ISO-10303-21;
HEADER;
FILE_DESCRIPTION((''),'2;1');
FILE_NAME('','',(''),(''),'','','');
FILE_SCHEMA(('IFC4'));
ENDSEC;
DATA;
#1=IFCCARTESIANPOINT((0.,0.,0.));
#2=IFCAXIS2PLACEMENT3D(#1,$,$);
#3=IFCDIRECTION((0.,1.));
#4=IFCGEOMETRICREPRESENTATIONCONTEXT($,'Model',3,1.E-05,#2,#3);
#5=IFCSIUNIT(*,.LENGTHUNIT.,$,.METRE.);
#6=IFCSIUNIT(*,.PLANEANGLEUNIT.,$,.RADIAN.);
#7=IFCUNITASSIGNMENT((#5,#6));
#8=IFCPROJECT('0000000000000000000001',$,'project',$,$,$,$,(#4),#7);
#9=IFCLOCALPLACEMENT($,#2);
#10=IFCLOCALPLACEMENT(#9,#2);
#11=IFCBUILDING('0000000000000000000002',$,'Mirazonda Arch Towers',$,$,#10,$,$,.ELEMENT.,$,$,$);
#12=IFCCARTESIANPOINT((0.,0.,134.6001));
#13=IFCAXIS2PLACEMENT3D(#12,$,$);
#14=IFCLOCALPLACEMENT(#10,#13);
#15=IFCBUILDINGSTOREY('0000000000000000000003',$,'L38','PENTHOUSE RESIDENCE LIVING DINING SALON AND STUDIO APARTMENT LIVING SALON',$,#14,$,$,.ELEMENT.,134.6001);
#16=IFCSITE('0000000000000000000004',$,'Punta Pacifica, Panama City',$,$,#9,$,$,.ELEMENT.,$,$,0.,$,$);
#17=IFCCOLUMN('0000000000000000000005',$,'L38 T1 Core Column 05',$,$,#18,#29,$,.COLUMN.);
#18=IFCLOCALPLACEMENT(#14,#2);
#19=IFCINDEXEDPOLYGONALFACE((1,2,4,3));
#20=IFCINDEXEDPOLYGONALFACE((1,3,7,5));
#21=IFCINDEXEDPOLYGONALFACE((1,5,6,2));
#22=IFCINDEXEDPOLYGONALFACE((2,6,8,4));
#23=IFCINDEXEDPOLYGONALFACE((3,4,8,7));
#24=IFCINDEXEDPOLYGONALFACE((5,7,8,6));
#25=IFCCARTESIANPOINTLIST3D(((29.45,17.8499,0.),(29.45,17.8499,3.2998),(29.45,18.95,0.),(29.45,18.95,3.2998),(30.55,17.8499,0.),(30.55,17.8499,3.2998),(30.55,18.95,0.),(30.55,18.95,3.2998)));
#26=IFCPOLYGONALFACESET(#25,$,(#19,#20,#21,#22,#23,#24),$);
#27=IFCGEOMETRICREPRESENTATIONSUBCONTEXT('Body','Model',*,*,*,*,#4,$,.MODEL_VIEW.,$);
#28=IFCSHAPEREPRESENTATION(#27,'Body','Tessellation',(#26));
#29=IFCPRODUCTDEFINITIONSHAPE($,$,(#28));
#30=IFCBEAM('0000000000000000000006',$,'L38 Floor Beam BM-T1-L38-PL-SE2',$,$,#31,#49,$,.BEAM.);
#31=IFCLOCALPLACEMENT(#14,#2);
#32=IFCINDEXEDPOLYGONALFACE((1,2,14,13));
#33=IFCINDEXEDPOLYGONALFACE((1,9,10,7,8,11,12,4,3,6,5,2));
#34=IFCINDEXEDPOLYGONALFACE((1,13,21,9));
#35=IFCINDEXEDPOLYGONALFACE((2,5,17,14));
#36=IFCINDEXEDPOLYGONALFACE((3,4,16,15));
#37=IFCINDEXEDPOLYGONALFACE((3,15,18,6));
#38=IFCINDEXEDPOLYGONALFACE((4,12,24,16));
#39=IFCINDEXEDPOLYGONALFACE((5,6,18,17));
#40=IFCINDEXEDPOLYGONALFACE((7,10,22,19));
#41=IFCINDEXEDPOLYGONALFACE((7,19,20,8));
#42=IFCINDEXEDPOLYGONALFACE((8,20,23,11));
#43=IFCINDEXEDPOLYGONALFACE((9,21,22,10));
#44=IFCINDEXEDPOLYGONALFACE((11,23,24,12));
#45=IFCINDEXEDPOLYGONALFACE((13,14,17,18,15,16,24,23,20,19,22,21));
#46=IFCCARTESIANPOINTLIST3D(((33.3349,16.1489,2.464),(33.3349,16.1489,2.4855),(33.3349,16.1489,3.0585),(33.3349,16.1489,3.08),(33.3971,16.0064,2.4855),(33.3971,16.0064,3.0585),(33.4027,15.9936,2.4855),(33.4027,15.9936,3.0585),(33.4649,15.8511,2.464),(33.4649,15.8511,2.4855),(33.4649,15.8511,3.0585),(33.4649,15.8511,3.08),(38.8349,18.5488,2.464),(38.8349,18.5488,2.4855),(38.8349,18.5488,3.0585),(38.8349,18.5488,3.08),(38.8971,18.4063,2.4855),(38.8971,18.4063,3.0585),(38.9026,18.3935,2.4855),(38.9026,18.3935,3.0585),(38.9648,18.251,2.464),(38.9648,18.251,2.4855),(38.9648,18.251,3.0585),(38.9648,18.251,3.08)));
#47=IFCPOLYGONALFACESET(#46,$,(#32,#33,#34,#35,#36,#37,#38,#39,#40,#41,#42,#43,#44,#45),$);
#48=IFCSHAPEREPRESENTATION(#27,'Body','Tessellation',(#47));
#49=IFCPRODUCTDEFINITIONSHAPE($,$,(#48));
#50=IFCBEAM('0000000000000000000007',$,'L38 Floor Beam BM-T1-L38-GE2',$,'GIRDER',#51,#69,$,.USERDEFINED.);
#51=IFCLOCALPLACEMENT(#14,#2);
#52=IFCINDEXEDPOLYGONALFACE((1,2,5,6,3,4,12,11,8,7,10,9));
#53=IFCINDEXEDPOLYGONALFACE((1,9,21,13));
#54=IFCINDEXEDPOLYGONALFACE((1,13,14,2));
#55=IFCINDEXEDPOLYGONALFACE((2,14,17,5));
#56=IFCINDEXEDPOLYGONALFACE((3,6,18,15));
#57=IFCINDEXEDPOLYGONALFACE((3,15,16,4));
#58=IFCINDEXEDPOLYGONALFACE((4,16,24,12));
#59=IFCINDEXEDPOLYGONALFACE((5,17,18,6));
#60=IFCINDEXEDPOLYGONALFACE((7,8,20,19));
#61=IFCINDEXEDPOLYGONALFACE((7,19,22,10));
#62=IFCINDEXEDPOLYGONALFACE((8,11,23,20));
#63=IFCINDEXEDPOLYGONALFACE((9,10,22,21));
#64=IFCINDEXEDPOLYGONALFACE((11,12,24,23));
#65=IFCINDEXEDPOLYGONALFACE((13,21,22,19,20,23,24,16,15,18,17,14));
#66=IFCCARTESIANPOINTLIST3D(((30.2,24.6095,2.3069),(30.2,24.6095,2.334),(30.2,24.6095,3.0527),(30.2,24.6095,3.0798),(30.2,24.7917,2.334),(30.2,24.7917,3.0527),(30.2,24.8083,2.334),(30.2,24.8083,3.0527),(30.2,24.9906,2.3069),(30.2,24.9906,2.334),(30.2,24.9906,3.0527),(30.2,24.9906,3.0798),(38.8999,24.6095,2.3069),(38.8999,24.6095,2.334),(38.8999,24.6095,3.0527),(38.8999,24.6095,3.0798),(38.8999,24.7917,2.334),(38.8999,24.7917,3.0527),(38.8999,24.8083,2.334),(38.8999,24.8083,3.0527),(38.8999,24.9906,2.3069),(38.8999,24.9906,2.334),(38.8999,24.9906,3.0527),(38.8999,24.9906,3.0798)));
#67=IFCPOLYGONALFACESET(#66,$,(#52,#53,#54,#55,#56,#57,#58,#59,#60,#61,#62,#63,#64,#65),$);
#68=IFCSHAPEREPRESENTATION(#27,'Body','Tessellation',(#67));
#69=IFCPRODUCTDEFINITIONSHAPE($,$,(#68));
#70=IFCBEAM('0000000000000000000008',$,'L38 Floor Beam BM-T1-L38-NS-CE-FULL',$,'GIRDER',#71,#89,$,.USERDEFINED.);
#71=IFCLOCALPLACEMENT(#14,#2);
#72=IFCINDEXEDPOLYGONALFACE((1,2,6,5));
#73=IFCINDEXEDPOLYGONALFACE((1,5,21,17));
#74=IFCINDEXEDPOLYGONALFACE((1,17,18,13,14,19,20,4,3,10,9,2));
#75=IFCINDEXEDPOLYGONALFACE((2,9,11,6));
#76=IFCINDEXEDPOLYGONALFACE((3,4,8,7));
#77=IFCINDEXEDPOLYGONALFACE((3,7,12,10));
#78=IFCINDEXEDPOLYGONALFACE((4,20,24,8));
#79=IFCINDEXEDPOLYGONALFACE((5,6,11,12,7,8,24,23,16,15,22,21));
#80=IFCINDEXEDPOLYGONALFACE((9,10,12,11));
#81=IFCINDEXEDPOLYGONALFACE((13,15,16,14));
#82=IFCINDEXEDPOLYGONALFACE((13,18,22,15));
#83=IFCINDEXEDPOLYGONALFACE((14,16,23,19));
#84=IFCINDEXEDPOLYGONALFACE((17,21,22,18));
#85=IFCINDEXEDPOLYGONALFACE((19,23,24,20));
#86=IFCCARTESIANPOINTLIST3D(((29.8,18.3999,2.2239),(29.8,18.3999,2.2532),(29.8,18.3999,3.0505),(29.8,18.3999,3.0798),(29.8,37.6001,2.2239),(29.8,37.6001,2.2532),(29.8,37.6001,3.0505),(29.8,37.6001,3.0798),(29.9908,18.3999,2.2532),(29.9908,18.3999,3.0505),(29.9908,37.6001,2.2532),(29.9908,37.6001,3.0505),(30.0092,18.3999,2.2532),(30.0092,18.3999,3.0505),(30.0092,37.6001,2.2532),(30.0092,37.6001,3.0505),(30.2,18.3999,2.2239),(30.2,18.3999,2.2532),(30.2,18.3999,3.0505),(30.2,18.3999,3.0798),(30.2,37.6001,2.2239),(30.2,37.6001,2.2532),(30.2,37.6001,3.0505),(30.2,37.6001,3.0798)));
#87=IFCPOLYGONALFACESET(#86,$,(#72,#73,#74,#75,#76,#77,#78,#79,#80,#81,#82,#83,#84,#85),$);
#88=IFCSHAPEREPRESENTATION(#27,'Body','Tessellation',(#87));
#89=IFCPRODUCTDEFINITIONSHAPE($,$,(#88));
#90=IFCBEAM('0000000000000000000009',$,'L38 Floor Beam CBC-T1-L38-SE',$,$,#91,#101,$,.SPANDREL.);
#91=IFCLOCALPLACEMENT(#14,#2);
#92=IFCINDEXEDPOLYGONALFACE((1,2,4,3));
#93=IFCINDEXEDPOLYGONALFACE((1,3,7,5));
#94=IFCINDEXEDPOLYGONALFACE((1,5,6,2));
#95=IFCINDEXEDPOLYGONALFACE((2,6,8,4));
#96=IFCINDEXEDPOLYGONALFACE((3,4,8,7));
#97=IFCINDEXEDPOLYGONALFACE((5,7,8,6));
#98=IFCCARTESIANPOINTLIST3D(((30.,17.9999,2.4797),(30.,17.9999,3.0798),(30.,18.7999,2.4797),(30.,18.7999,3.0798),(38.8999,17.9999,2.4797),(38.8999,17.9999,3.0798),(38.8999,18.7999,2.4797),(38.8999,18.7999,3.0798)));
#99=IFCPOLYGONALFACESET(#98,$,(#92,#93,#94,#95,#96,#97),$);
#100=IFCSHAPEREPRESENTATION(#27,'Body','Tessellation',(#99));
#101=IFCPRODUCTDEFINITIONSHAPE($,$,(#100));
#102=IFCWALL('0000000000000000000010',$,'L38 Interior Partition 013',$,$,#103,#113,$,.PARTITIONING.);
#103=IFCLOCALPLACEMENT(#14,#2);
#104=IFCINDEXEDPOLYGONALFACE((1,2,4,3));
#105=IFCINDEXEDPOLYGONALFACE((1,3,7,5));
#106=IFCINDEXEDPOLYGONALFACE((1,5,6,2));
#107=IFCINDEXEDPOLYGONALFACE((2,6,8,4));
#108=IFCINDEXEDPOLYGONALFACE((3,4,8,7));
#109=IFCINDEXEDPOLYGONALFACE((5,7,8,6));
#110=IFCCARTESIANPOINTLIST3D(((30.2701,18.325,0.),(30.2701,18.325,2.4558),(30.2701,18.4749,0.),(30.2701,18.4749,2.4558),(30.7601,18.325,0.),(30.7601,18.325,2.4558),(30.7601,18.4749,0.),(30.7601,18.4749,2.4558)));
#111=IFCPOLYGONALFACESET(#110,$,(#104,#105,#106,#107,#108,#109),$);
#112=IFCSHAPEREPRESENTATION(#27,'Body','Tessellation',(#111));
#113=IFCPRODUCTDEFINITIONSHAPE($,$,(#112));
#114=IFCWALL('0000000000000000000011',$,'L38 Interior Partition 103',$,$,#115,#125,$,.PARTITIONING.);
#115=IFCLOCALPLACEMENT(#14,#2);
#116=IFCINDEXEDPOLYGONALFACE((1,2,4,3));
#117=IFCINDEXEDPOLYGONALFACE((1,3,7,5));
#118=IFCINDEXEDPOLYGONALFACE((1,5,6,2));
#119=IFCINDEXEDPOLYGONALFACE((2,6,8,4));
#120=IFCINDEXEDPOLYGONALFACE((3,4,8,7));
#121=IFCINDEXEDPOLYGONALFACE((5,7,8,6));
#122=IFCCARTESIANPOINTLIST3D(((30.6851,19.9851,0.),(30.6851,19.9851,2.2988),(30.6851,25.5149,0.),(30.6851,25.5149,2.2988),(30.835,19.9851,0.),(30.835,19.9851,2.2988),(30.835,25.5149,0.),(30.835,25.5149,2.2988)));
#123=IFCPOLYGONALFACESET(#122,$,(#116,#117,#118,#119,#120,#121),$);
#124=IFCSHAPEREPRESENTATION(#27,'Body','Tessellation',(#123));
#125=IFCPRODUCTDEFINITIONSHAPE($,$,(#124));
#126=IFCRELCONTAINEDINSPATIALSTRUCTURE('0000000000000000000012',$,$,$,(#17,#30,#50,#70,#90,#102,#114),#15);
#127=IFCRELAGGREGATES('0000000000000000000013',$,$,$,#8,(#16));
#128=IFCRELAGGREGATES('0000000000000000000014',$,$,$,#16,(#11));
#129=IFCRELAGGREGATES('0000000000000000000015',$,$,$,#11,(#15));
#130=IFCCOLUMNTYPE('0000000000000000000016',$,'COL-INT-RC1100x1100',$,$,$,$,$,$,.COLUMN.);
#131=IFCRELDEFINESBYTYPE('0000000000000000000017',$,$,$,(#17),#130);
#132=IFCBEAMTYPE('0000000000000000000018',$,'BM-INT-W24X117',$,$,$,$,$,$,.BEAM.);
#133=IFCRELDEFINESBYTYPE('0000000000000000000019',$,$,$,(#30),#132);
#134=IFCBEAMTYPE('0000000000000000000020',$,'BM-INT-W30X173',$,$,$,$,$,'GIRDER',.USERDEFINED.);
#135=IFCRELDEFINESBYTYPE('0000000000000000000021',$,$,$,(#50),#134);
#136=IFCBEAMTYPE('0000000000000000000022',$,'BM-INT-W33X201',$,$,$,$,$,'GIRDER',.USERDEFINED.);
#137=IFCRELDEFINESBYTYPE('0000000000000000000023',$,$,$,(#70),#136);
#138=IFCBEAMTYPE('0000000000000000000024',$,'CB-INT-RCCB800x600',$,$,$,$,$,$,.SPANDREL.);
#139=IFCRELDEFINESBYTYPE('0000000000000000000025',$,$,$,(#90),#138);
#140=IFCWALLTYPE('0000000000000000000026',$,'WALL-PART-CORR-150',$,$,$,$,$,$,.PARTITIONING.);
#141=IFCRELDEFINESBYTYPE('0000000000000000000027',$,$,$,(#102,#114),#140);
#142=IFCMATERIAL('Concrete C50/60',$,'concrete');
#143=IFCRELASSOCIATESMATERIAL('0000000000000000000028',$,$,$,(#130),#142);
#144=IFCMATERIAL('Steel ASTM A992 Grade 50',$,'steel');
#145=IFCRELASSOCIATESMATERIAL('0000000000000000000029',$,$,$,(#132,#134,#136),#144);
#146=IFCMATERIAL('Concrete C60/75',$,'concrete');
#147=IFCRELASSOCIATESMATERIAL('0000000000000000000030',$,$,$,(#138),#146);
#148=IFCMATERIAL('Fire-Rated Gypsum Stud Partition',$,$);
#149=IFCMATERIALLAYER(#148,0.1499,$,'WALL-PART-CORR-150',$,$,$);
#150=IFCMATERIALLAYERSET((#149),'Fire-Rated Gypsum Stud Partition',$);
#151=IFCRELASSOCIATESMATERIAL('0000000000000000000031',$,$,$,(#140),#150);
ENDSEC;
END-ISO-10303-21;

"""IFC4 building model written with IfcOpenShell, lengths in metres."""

from ifc_helpers import new_model, si_unit, direction, frame, frame_2d, origin, origin_2d, place, context, subcontext, project, spatial, rectangle, i_section, extrude, material, layer, layer_set, material_profile, profile_set, type_object, element, save


model = new_model("IFC4")

# Units and contexts
model_context = context("Model", 3, precision=1e-05, world=origin(), true_north=direction((0.0, 1.0)))
body_context = subcontext(model_context, "Body", "Model", "MODEL_VIEW")
ifc_project = project(units=[si_unit("LENGTHUNIT", "METRE"), si_unit("PLANEANGLEUNIT", "RADIAN")], contexts=[model_context])

# Site, building, storey
site_placement = place(None, origin())
site = spatial("IfcSite", under=ifc_project, at=site_placement, Name="Punta Pacifica, Panama City", CompositionType="ELEMENT", RefElevation=0.0)
building_placement = place(site_placement, origin())
building = spatial("IfcBuilding", under=site, at=building_placement, Name="Mirazonda Arch Towers", CompositionType="ELEMENT")
storey_placement = place(building_placement, frame((0.0, 0.0, 134.6001)))
storey = spatial("IfcBuildingStorey", under=building, at=storey_placement, Name="L38", Description="PENTHOUSE RESIDENCE LIVING DINING SALON AND STUDIO APARTMENT LIVING SALON", CompositionType="ELEMENT", Elevation=134.6001)

# Column
ifc_material_1 = material(Name="Concrete C50/60", Category="concrete")
ifc_material_profile_1 = material_profile(ifc_material_1, rectangle(XDim=1.1001, YDim=1.1001, at=origin_2d()), Name="RC1100x1100")
ifc_profile_set_1 = profile_set([ifc_material_profile_1], Name="Concrete C50/60")
column_type = type_object("IfcColumnType", Name="COL-INT-RC1100x1100", PredefinedType="COLUMN", material=ifc_profile_set_1)
column_placement = place(storey_placement, frame((30.0, 18.3999, 0.0), z_axis=(0.0, 0.0, 1.0), x_axis=(1.0, 0.0, 0.0)))
element("IfcColumn", 1, at=column_placement, inside=storey, type_object=column_type, Name="L38 T1 Core Column 05", PredefinedType="COLUMN", context=body_context, shape_type="SweptSolid", body=[
    extrude(rectangle(XDim=1.1001, YDim=1.1001, at=origin_2d()), origin(), (0.0, 0.0, 1.0), 3.2998),
])

# Beams
ifc_material_2 = material(Name="Steel ASTM A992 Grade 50", Category="steel")
ifc_material_profile_2 = material_profile(ifc_material_2, i_section(OverallWidth=0.325, OverallDepth=0.616, WebThickness=0.0139, FlangeThickness=0.0215, at=origin_2d()), Name="W24X117")
ifc_profile_set_2 = profile_set([ifc_material_profile_2], Name="Steel ASTM A992 Grade 50")
beam_type_1 = type_object("IfcBeamType", Name="BM-INT-W24X117", PredefinedType="BEAM", material=ifc_profile_set_2)
beam_1_placement = place(storey_placement, frame((33.3999, 16.0, 2.772), z_axis=(0.916545, 0.399931, 0.0), x_axis=(-0.399931, 0.916545, 0.0)))
element("IfcBeam", 2, at=beam_1_placement, inside=storey, type_object=beam_type_1, Name="L38 Floor Beam BM-T1-L38-PL-SE2", PredefinedType="BEAM", context=body_context, shape_type="SweptSolid", body=[
    extrude(i_section(OverallWidth=0.325, OverallDepth=0.616, WebThickness=0.0139, FlangeThickness=0.0215, at=origin_2d()), origin(), (0.0, 0.0, 1.0), 6.0007),
])
ifc_material_profile_3 = material_profile(ifc_material_2, i_section(OverallWidth=0.3811, OverallDepth=0.7729, WebThickness=0.0166, FlangeThickness=0.0271, at=origin_2d()), Name="W30X173")
ifc_profile_set_3 = profile_set([ifc_material_profile_3], Name="Steel ASTM A992 Grade 50")
beam_type_2 = type_object("IfcBeamType", Name="BM-INT-W30X173", ElementType="GIRDER", PredefinedType="USERDEFINED", material=ifc_profile_set_3)
beam_2_placement = place(storey_placement, frame((30.2, 24.8, 2.6934), z_axis=(1.0, 0.0, 0.0), x_axis=(0.0, 1.0, 0.0)))
element("IfcBeam", 3, at=beam_2_placement, inside=storey, type_object=beam_type_2, Name="L38 Floor Beam BM-T1-L38-GE2", ObjectType="GIRDER", PredefinedType="USERDEFINED", context=body_context, shape_type="SweptSolid", body=[
    extrude(i_section(OverallWidth=0.3811, OverallDepth=0.7729, WebThickness=0.0166, FlangeThickness=0.0271, at=origin_2d()), origin(), (0.0, 0.0, 1.0), 8.7),
])
ifc_material_profile_4 = material_profile(ifc_material_2, i_section(OverallWidth=0.3999, OverallDepth=0.856, WebThickness=0.0183, FlangeThickness=0.0293, at=origin_2d()), Name="W33X201")
ifc_profile_set_4 = profile_set([ifc_material_profile_4], Name="Steel ASTM A992 Grade 50")
beam_type_3 = type_object("IfcBeamType", Name="BM-INT-W33X201", ElementType="GIRDER", PredefinedType="USERDEFINED", material=ifc_profile_set_4)
beam_3_placement = place(storey_placement, frame((30.0, 18.3999, 2.6519), z_axis=(0.0, 1.0, 0.0), x_axis=(-1.0, 0.0, 0.0)))
element("IfcBeam", 4, at=beam_3_placement, inside=storey, type_object=beam_type_3, Name="L38 Floor Beam BM-T1-L38-NS-CE-FULL", ObjectType="GIRDER", PredefinedType="USERDEFINED", context=body_context, shape_type="SweptSolid", body=[
    extrude(i_section(OverallWidth=0.3999, OverallDepth=0.856, WebThickness=0.0183, FlangeThickness=0.0293, at=origin_2d()), origin(), (0.0, 0.0, 1.0), 19.2002),
])
ifc_material_3 = material(Name="Concrete C60/75", Category="concrete")
ifc_material_profile_5 = material_profile(ifc_material_3, rectangle(XDim=0.8, YDim=0.6001, at=origin_2d()), Name="RCCB800x600")
ifc_profile_set_5 = profile_set([ifc_material_profile_5], Name="Concrete C60/75")
beam_type_4 = type_object("IfcBeamType", Name="CB-INT-RCCB800x600", PredefinedType="SPANDREL", material=ifc_profile_set_5)
beam_4_placement = place(storey_placement, frame((30.0, 18.3999, 2.7798), z_axis=(1.0, 0.0, 0.0), x_axis=(0.0, 1.0, 0.0)))
element("IfcBeam", 5, at=beam_4_placement, inside=storey, type_object=beam_type_4, Name="L38 Floor Beam CBC-T1-L38-SE", PredefinedType="SPANDREL", context=body_context, shape_type="SweptSolid", body=[
    extrude(rectangle(XDim=0.8, YDim=0.6001, at=origin_2d()), origin(), (0.0, 0.0, 1.0), 8.8999),
])

# Walls
ifc_material_4 = material(Name="Fire-Rated Gypsum Stud Partition")
ifc_layer_1 = layer(ifc_material_4, 0.1499, Name="WALL-PART-CORR-150")
ifc_layer_set_1 = layer_set([ifc_layer_1], Name="Fire-Rated Gypsum Stud Partition")
wall_type_1 = type_object("IfcWallType", Name="WALL-PART-CORR-150", PredefinedType="PARTITIONING", material=ifc_layer_set_1)
wall_1_placement = place(storey_placement, frame((30.27, 18.3999, 0.0), z_axis=(0.0, 0.0, 1.0), x_axis=(1.0, 0.0, 0.0)))
element("IfcWall", 6, at=wall_1_placement, inside=storey, type_object=wall_type_1, Name="L38 Interior Partition 013", PredefinedType="PARTITIONING", context=body_context, shape_type="SweptSolid", body=[
    extrude(rectangle(XDim=0.49, YDim=0.1499, at=frame_2d((0.2451, 0.0))), origin(), (0.0, 0.0, 1.0), 2.4558),
])
wall_2_placement = place(storey_placement, frame((30.76, 19.9851, 0.0), z_axis=(0.0, 0.0, 1.0), x_axis=(0.0, 1.0, 0.0)))
element("IfcWall", 7, at=wall_2_placement, inside=storey, type_object=wall_type_1, Name="L38 Interior Partition 103", PredefinedType="PARTITIONING", context=body_context, shape_type="SweptSolid", body=[
    extrude(rectangle(XDim=5.5298, YDim=0.1499, at=frame_2d((2.7649, 0.0))), origin(), (0.0, 0.0, 1.0), 2.2988),
])

save(model, "model.ifc")
